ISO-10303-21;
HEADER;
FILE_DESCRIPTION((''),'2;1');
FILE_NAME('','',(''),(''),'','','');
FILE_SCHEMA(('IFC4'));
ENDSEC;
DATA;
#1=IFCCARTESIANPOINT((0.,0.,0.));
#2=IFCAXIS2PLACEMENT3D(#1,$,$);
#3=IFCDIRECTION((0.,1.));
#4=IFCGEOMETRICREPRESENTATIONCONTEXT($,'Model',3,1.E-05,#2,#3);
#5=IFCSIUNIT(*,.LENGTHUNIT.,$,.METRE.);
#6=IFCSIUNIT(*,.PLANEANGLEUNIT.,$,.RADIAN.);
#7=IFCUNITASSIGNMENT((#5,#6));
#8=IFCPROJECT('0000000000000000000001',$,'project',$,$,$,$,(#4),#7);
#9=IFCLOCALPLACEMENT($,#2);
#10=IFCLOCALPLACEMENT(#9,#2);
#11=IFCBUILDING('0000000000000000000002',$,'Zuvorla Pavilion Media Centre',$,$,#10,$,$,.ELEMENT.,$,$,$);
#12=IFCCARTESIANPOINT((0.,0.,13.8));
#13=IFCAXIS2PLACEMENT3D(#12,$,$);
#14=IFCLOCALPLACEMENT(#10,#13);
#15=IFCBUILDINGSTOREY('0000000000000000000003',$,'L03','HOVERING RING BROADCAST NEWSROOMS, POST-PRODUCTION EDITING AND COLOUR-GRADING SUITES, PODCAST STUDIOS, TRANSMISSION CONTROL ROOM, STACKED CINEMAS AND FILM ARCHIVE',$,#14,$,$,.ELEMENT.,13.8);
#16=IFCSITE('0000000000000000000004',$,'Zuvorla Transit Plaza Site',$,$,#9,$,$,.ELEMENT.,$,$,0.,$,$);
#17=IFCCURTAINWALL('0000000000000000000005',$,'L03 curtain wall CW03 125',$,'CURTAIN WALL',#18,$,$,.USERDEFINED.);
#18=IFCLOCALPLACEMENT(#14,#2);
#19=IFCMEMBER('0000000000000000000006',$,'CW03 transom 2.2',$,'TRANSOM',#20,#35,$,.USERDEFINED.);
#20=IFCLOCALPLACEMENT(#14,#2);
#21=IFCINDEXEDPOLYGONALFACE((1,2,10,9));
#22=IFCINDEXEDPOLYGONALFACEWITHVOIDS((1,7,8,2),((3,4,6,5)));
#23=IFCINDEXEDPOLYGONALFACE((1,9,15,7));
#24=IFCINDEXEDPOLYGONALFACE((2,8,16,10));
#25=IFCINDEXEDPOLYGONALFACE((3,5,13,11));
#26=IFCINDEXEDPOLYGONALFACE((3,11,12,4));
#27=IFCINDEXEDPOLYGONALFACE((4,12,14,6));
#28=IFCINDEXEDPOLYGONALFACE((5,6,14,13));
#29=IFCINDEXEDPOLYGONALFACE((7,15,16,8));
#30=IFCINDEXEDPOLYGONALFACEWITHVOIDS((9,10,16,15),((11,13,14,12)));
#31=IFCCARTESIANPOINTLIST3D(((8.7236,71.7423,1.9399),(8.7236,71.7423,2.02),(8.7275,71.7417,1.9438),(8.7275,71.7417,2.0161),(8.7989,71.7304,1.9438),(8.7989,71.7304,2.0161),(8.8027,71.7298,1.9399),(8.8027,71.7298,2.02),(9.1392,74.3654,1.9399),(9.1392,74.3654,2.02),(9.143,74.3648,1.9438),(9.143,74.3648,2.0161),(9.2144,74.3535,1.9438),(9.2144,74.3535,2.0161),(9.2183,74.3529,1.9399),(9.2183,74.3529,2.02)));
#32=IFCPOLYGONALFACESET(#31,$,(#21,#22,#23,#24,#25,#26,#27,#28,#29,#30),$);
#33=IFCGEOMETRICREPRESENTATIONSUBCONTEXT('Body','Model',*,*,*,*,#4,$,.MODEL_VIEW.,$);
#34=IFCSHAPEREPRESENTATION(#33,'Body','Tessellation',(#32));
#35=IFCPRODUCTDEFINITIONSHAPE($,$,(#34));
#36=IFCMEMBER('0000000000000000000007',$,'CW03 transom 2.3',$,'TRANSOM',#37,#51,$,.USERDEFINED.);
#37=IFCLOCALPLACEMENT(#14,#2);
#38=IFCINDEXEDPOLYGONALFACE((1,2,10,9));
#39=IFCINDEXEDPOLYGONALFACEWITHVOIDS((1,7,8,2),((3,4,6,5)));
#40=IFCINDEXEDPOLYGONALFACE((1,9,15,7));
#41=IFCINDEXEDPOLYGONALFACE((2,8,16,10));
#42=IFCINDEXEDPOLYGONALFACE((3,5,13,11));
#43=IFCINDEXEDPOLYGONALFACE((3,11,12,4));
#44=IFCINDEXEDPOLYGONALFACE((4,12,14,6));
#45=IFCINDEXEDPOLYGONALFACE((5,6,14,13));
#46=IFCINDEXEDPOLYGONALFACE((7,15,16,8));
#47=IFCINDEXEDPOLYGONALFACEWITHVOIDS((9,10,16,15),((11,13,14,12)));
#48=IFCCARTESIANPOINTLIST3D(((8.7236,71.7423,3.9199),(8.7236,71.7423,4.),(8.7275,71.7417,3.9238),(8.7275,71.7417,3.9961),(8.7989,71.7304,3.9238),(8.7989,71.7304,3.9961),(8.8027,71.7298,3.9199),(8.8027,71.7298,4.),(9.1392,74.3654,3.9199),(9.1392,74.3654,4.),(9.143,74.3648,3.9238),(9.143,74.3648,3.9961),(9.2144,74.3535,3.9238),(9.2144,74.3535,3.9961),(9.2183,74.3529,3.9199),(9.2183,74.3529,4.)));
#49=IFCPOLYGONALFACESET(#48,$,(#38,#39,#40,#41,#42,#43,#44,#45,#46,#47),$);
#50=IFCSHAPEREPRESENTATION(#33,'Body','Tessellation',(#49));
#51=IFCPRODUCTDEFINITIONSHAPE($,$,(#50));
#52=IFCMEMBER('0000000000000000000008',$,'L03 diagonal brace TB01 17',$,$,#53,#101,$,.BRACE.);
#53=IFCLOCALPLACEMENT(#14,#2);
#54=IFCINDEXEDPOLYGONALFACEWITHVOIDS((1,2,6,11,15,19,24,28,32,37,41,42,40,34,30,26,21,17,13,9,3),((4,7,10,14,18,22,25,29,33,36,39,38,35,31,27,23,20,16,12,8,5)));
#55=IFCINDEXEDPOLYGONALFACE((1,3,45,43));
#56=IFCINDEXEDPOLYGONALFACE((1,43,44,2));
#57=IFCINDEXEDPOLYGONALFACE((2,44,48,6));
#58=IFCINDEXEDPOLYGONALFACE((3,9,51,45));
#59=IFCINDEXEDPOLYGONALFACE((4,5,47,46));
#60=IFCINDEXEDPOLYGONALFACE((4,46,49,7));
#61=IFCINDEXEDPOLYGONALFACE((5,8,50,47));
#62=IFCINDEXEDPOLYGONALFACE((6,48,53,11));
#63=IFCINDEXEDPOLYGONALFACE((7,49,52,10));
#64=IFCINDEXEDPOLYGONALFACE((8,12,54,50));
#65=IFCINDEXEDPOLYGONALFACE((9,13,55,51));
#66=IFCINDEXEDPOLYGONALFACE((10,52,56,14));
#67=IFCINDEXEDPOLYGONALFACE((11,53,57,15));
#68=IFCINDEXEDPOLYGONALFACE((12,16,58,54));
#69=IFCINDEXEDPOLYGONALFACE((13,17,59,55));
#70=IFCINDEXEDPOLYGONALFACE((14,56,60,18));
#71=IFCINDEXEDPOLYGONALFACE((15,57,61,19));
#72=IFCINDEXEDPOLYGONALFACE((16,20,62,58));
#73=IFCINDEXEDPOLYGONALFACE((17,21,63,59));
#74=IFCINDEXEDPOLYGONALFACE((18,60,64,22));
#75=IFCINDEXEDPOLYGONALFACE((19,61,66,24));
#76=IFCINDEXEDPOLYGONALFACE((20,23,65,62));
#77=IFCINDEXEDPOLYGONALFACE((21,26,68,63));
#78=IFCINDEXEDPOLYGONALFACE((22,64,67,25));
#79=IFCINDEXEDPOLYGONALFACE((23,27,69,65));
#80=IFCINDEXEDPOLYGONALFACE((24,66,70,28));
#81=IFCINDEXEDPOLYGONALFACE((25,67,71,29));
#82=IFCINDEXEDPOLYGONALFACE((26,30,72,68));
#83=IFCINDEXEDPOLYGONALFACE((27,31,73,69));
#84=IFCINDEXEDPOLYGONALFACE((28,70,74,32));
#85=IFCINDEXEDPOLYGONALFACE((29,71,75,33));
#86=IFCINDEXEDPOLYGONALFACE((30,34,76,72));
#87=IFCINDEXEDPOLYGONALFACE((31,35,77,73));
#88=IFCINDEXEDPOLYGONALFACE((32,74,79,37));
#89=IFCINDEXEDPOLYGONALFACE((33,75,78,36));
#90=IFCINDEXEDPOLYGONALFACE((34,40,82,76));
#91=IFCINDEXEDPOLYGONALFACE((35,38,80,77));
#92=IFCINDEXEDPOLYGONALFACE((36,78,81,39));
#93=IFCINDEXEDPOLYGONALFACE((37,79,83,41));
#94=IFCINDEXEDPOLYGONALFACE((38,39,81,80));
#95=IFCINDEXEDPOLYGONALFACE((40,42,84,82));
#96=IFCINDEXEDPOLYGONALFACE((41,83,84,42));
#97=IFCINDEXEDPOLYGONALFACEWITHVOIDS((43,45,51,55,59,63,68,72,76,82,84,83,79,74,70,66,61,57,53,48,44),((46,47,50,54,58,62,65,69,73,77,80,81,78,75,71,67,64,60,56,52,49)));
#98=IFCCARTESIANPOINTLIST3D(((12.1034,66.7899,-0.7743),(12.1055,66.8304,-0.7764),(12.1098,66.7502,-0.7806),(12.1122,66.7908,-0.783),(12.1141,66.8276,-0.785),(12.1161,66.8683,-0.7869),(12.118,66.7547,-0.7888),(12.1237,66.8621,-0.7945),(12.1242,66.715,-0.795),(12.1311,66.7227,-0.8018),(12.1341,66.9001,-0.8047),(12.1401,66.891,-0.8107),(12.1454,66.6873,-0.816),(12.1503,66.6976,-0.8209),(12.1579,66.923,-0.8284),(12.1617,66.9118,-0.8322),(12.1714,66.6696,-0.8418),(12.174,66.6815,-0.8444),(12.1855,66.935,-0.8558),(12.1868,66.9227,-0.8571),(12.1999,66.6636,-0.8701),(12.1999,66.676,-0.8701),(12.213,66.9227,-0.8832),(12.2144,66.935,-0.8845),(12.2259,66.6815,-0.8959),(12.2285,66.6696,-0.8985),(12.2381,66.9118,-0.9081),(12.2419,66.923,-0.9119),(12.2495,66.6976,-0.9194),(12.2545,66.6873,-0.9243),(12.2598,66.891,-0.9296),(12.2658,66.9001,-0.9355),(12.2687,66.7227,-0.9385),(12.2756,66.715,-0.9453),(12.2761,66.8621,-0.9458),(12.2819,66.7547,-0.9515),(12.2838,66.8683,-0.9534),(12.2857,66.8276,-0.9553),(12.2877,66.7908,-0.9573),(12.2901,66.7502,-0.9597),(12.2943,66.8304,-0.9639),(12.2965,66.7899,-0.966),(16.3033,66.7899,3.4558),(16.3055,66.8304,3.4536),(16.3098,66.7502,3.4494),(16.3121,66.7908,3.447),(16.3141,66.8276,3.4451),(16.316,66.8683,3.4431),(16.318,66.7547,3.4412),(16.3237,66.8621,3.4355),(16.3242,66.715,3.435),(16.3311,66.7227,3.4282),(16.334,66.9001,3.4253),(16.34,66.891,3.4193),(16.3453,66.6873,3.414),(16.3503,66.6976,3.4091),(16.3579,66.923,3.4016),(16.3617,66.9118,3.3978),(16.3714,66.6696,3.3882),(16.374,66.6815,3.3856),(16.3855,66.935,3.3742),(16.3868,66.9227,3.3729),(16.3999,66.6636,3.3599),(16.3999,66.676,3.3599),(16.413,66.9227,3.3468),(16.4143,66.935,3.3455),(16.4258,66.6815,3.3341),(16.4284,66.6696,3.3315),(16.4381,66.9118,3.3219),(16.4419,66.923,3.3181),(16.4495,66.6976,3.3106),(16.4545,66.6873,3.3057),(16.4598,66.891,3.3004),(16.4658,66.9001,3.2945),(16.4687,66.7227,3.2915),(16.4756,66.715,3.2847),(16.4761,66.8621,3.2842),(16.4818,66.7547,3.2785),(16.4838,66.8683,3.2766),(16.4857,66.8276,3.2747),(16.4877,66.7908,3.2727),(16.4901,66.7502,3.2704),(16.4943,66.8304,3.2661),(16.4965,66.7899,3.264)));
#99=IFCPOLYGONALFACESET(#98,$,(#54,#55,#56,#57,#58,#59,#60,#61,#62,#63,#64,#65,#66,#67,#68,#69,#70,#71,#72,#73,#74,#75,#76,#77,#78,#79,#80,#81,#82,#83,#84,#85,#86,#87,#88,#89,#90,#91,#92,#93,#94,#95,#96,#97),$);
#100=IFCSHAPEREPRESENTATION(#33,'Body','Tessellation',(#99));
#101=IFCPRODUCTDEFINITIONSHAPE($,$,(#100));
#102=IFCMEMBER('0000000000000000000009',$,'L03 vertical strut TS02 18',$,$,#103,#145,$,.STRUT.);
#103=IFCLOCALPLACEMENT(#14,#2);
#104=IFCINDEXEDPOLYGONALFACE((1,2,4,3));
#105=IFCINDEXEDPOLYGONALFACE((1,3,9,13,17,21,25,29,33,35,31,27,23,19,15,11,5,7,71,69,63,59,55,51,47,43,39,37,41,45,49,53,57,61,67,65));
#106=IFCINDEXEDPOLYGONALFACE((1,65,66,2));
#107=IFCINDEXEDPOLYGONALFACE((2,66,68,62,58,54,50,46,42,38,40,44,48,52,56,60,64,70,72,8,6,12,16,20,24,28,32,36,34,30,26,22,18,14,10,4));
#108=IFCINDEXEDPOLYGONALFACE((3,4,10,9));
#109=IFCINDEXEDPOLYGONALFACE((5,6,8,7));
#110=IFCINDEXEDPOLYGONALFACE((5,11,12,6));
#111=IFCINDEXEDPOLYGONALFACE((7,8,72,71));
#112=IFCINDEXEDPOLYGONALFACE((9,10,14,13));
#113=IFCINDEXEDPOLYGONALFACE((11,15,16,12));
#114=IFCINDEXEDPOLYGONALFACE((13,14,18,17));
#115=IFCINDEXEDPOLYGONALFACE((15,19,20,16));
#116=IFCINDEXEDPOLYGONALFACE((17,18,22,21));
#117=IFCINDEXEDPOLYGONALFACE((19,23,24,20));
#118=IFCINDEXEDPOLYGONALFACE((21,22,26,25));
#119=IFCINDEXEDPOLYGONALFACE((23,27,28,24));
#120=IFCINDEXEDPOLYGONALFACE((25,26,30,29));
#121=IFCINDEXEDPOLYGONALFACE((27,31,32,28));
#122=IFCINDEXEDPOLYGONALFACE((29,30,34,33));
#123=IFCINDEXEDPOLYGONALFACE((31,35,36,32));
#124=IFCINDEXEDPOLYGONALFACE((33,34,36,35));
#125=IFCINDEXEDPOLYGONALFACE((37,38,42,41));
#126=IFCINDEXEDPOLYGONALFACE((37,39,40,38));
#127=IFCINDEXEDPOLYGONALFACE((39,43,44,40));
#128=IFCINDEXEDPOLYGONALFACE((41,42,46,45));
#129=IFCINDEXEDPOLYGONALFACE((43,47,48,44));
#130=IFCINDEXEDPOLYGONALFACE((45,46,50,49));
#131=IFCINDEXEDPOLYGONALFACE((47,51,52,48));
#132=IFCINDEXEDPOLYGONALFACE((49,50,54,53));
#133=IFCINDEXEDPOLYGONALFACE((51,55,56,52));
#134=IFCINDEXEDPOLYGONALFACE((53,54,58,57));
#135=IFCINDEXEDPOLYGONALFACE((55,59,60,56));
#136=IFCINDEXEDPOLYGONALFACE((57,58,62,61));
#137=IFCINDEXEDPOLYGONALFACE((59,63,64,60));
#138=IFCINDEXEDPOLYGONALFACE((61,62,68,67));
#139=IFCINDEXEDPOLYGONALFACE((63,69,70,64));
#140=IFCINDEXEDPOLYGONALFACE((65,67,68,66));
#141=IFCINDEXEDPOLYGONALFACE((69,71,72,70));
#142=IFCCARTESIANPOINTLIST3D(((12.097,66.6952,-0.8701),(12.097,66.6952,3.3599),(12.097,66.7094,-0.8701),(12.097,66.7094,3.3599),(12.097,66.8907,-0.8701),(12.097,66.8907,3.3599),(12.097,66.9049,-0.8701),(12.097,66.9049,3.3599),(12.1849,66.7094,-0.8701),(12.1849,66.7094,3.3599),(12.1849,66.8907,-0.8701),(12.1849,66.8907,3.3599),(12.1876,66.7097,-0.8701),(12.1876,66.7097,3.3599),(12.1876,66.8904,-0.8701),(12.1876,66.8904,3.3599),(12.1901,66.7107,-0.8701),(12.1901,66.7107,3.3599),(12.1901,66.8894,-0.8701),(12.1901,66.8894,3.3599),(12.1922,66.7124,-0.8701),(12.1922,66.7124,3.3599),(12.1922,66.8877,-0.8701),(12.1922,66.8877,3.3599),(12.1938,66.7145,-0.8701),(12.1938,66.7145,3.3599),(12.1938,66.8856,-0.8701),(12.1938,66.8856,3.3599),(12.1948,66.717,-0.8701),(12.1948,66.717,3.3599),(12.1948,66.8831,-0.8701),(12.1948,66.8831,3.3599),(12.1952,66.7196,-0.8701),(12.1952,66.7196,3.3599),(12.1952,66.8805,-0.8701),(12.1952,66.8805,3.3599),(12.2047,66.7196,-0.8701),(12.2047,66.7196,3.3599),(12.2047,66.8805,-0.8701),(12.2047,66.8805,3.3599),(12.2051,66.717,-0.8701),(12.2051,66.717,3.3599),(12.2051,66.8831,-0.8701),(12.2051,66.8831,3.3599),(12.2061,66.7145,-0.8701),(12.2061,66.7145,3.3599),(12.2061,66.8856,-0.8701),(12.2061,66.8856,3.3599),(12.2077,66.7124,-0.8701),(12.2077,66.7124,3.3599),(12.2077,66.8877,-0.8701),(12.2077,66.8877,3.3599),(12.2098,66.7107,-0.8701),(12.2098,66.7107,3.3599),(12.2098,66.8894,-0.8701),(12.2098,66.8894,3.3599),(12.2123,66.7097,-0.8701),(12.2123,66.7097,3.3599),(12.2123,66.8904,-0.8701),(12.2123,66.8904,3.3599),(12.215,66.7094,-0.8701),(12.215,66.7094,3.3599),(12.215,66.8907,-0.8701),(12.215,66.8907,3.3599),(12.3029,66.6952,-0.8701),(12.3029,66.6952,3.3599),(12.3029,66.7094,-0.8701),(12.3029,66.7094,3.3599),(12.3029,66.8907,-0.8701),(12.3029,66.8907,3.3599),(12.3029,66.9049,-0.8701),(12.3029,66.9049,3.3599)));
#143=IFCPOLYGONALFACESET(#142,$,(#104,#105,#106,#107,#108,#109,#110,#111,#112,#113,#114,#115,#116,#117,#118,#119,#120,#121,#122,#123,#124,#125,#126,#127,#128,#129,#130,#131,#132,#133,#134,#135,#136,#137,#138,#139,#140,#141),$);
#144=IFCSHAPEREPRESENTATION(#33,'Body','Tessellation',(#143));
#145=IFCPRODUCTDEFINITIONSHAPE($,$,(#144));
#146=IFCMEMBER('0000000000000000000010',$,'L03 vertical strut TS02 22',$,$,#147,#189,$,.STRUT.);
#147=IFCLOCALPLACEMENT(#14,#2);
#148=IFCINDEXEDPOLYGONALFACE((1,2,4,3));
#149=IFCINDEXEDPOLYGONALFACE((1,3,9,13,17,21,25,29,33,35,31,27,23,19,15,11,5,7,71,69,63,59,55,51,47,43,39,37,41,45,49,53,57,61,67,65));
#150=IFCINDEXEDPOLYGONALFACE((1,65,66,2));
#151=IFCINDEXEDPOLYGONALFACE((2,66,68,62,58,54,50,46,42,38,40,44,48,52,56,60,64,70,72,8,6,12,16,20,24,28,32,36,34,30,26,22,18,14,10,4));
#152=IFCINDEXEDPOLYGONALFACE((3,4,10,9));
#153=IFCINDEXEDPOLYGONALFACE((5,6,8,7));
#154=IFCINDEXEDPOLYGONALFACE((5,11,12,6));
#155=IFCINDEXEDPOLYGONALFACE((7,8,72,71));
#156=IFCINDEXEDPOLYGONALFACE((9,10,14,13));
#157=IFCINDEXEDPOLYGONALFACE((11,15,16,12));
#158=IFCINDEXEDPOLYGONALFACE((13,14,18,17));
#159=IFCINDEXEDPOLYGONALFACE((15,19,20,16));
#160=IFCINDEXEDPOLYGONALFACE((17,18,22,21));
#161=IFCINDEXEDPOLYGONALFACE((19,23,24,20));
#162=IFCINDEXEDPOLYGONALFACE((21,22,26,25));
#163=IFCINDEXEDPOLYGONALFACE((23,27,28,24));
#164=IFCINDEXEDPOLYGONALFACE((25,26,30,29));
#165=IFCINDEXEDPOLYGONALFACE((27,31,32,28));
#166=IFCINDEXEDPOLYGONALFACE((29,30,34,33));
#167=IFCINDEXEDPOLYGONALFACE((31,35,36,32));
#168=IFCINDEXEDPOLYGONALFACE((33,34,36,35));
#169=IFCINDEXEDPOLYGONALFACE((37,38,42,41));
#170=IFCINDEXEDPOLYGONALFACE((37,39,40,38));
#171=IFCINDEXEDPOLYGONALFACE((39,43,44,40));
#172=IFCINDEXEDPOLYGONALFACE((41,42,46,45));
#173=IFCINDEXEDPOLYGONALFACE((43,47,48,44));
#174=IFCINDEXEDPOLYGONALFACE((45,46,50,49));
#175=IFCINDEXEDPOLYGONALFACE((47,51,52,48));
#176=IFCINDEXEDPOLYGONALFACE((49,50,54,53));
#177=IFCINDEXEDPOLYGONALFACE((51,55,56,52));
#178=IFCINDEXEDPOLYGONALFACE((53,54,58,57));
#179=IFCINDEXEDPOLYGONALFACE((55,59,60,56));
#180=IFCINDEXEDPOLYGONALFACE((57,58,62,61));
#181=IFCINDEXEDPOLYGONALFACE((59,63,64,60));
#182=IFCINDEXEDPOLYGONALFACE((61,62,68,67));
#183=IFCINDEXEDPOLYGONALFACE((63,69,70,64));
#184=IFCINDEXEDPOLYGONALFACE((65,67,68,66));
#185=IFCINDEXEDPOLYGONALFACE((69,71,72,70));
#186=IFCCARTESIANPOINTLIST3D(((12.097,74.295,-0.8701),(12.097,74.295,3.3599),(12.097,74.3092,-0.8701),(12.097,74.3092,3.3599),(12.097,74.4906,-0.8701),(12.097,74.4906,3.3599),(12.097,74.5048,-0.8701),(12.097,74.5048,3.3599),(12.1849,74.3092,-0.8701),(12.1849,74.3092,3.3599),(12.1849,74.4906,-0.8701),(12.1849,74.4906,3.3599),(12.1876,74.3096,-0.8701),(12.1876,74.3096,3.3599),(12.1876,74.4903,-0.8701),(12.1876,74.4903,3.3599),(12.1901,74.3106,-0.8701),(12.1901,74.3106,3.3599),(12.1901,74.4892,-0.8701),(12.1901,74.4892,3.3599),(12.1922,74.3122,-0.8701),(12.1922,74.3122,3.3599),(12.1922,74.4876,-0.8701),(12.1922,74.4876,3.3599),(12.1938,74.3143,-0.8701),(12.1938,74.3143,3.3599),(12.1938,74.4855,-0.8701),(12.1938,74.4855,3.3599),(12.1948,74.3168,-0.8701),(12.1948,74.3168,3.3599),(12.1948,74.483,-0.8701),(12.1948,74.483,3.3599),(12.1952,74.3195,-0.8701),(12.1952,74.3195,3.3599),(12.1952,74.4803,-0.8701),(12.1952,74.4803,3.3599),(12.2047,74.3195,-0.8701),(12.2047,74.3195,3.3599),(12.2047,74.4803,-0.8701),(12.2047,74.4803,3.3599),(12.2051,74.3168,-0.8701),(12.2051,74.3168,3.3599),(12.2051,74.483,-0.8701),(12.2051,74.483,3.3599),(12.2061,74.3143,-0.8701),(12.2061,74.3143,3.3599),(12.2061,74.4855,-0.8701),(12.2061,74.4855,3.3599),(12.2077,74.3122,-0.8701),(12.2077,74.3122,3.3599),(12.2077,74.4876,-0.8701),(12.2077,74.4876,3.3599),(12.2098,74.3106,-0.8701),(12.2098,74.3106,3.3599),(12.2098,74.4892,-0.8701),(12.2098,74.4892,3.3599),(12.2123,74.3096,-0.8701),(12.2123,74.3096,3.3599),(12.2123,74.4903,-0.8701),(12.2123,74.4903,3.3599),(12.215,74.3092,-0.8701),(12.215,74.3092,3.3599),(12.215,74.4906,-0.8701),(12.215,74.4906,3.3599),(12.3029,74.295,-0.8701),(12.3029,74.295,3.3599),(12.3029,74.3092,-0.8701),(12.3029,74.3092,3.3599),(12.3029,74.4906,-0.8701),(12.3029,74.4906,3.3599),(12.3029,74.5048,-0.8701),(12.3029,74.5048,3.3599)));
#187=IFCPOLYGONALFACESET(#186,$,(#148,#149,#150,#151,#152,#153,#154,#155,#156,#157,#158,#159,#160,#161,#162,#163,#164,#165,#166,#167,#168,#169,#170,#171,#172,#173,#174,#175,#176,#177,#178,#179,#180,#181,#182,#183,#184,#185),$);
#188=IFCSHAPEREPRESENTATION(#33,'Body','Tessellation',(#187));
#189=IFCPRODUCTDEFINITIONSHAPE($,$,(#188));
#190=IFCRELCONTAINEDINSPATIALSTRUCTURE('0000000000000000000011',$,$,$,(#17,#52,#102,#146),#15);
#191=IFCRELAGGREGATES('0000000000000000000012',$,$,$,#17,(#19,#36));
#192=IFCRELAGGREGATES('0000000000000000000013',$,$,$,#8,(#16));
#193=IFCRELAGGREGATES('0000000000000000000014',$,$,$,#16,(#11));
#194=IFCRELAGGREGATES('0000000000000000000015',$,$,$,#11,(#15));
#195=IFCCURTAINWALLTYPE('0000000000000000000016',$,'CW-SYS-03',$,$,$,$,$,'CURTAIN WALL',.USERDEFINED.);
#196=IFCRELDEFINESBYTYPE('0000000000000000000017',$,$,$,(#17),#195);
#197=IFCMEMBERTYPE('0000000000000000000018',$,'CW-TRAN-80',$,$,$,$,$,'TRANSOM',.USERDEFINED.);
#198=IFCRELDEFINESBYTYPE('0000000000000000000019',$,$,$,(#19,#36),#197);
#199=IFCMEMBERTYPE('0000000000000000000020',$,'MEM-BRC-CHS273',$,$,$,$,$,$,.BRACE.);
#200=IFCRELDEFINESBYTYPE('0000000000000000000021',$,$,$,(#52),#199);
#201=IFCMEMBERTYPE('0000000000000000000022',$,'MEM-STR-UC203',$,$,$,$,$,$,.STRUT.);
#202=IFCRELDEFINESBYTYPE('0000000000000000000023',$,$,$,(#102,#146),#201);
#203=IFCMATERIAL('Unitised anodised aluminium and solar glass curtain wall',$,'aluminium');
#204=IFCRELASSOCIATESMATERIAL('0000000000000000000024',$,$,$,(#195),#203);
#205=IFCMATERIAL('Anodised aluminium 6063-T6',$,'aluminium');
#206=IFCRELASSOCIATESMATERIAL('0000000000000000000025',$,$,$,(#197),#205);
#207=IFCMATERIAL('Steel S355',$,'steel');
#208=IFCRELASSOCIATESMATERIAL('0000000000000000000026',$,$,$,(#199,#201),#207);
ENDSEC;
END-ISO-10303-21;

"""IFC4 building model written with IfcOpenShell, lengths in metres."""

from ifc_helpers import new_model, si_unit, direction, frame, origin, origin_2d, place, context, subcontext, project, spatial, hollow_rectangle, hollow_circle, i_section, extrude, material, material_profile, profile_set, type_object, element, aggregate, save


model = new_model("IFC4")

# Units and contexts
model_context = context("Model", 3, precision=1e-05, world=origin(), true_north=direction((0.0, 1.0)))
body_context = subcontext(model_context, "Body", "Model", "MODEL_VIEW")
ifc_project = project(units=[si_unit("LENGTHUNIT", "METRE"), si_unit("PLANEANGLEUNIT", "RADIAN")], contexts=[model_context])

# Site, building, storey
site_placement = place(None, origin())
site = spatial("IfcSite", under=ifc_project, at=site_placement, Name="Zuvorla Transit Plaza Site", CompositionType="ELEMENT", RefElevation=0.0)
building_placement = place(site_placement, origin())
building = spatial("IfcBuilding", under=site, at=building_placement, Name="Zuvorla Pavilion Media Centre", CompositionType="ELEMENT")
storey_placement = place(building_placement, frame((0.0, 0.0, 13.8)))
storey = spatial("IfcBuildingStorey", under=building, at=storey_placement, Name="L03", Description="HOVERING RING BROADCAST NEWSROOMS, POST-PRODUCTION EDITING AND COLOUR-GRADING SUITES, PODCAST STUDIOS, TRANSMISSION CONTROL ROOM, STACKED CINEMAS AND FILM ARCHIVE", CompositionType="ELEMENT", Elevation=13.8)

# Shared definitions
ifc_material_1 = material(Name="Steel S355", Category="steel")

# Curtain wall
ifc_material_2 = material(Name="Unitised anodised aluminium and solar glass curtain wall", Category="aluminium")
curtain_wall_type_1 = type_object("IfcCurtainWallType", Name="CW-SYS-03", ElementType="CURTAIN WALL", PredefinedType="USERDEFINED", material=ifc_material_2)
curtain_wall_1_placement = place(storey_placement, origin())
curtain_wall_1 = element("IfcCurtainWall", 1, at=curtain_wall_1_placement, inside=storey, type_object=curtain_wall_type_1, Name="L03 curtain wall CW03 125", ObjectType="CURTAIN WALL", PredefinedType="USERDEFINED")
ifc_material_3 = material(Name="Anodised aluminium 6063-T6", Category="aluminium")

# Members
ifc_material_profile_1 = material_profile(ifc_material_3, hollow_rectangle(XDim=0.0801, YDim=0.0801, WallThickness=0.0039, at=origin_2d()), Name="ALU TRAN 80x80")
ifc_profile_set_1 = profile_set([ifc_material_profile_1], Name="Anodised aluminium 6063-T6")
member_type_1 = type_object("IfcMemberType", Name="CW-TRAN-80", ElementType="TRANSOM", PredefinedType="USERDEFINED", material=ifc_profile_set_1)
member_1_placement = place(storey_placement, frame((9.1787, 74.3591, 1.98), z_axis=(-0.156463, -0.987684, 0.0), x_axis=(0.987684, -0.156463, 0.0)))
member_1 = element("IfcMember", 2, at=member_1_placement, type_object=member_type_1, Name="CW03 transom 2.2", ObjectType="TRANSOM", PredefinedType="USERDEFINED", context=body_context, shape_type="SweptSolid", body=[
    extrude(hollow_rectangle(XDim=0.0801, YDim=0.0801, WallThickness=0.0039, at=origin_2d()), origin(), (0.0, 0.0, 1.0), 2.6558),
])
member_2_placement = place(storey_placement, frame((9.1787, 74.3591, 3.96), z_axis=(-0.156463, -0.987684, 0.0), x_axis=(0.987684, -0.156463, 0.0)))
member_2 = element("IfcMember", 3, at=member_2_placement, type_object=member_type_1, Name="CW03 transom 2.3", ObjectType="TRANSOM", PredefinedType="USERDEFINED", context=body_context, shape_type="SweptSolid", body=[
    extrude(hollow_rectangle(XDim=0.0801, YDim=0.0801, WallThickness=0.0039, at=origin_2d()), origin(), (0.0, 0.0, 1.0), 2.6558),
])

# Members
ifc_material_profile_2 = material_profile(ifc_material_1, hollow_circle(Radius=0.1365, WallThickness=0.0125, at=origin_2d()), Name="CHS 273x12.5")
ifc_profile_set_2 = profile_set([ifc_material_profile_2], Name="Steel S355")
member_type_2 = type_object("IfcMemberType", Name="MEM-BRC-CHS273", PredefinedType="BRACE", material=ifc_profile_set_2)
member_3_placement = place(storey_placement, frame((16.3999, 66.8, 3.3599), z_axis=(-0.704583, 0.0, -0.709621), x_axis=(0.0, -1.0, 0.0)))
element("IfcMember", 4, at=member_3_placement, inside=storey, type_object=member_type_2, Name="L03 diagonal brace TB01 17", PredefinedType="BRACE", context=body_context, shape_type="SweptSolid", body=[
    extrude(hollow_circle(Radius=0.1365, WallThickness=0.0125, at=origin_2d()), origin(), (0.0, 0.0, 1.0), 5.9609),
])
ifc_material_profile_3 = material_profile(ifc_material_1, i_section(OverallWidth=0.2058, OverallDepth=0.2097, WebThickness=0.0095, FlangeThickness=0.0142, FilletRadius=0.0103, at=origin_2d()), Name="UC 203x203x60")
ifc_profile_set_3 = profile_set([ifc_material_profile_3], Name="Steel S355")
member_type_3 = type_object("IfcMemberType", Name="MEM-STR-UC203", PredefinedType="STRUT", material=ifc_profile_set_3)
for number, where, z_axis, x_axis, name in (
    (5, (12.2, 66.8, -0.8701), (0.0, 0.0, 1.0), (1.0, 0.0, 0.0), "L03 vertical strut TS02 18"),
    (6, (12.2, 74.3999, -0.8701), (0.0, 0.0, 1.0), (1.0, 0.0, 0.0), "L03 vertical strut TS02 22"),
):
    element("IfcMember", number, at=place(storey_placement, frame(where, z_axis=z_axis, x_axis=x_axis)), inside=storey, type_object=member_type_3, Name=name, PredefinedType="STRUT", context=body_context, shape_type="SweptSolid", body=[
        extrude(i_section(OverallWidth=0.2058, OverallDepth=0.2097, WebThickness=0.0095, FlangeThickness=0.0142, FilletRadius=0.0103, at=origin_2d()), origin(), (0.0, 0.0, 1.0), 4.23),
    ])

aggregate(curtain_wall_1, [member_1, member_2])

save(model, "model.ifc")
